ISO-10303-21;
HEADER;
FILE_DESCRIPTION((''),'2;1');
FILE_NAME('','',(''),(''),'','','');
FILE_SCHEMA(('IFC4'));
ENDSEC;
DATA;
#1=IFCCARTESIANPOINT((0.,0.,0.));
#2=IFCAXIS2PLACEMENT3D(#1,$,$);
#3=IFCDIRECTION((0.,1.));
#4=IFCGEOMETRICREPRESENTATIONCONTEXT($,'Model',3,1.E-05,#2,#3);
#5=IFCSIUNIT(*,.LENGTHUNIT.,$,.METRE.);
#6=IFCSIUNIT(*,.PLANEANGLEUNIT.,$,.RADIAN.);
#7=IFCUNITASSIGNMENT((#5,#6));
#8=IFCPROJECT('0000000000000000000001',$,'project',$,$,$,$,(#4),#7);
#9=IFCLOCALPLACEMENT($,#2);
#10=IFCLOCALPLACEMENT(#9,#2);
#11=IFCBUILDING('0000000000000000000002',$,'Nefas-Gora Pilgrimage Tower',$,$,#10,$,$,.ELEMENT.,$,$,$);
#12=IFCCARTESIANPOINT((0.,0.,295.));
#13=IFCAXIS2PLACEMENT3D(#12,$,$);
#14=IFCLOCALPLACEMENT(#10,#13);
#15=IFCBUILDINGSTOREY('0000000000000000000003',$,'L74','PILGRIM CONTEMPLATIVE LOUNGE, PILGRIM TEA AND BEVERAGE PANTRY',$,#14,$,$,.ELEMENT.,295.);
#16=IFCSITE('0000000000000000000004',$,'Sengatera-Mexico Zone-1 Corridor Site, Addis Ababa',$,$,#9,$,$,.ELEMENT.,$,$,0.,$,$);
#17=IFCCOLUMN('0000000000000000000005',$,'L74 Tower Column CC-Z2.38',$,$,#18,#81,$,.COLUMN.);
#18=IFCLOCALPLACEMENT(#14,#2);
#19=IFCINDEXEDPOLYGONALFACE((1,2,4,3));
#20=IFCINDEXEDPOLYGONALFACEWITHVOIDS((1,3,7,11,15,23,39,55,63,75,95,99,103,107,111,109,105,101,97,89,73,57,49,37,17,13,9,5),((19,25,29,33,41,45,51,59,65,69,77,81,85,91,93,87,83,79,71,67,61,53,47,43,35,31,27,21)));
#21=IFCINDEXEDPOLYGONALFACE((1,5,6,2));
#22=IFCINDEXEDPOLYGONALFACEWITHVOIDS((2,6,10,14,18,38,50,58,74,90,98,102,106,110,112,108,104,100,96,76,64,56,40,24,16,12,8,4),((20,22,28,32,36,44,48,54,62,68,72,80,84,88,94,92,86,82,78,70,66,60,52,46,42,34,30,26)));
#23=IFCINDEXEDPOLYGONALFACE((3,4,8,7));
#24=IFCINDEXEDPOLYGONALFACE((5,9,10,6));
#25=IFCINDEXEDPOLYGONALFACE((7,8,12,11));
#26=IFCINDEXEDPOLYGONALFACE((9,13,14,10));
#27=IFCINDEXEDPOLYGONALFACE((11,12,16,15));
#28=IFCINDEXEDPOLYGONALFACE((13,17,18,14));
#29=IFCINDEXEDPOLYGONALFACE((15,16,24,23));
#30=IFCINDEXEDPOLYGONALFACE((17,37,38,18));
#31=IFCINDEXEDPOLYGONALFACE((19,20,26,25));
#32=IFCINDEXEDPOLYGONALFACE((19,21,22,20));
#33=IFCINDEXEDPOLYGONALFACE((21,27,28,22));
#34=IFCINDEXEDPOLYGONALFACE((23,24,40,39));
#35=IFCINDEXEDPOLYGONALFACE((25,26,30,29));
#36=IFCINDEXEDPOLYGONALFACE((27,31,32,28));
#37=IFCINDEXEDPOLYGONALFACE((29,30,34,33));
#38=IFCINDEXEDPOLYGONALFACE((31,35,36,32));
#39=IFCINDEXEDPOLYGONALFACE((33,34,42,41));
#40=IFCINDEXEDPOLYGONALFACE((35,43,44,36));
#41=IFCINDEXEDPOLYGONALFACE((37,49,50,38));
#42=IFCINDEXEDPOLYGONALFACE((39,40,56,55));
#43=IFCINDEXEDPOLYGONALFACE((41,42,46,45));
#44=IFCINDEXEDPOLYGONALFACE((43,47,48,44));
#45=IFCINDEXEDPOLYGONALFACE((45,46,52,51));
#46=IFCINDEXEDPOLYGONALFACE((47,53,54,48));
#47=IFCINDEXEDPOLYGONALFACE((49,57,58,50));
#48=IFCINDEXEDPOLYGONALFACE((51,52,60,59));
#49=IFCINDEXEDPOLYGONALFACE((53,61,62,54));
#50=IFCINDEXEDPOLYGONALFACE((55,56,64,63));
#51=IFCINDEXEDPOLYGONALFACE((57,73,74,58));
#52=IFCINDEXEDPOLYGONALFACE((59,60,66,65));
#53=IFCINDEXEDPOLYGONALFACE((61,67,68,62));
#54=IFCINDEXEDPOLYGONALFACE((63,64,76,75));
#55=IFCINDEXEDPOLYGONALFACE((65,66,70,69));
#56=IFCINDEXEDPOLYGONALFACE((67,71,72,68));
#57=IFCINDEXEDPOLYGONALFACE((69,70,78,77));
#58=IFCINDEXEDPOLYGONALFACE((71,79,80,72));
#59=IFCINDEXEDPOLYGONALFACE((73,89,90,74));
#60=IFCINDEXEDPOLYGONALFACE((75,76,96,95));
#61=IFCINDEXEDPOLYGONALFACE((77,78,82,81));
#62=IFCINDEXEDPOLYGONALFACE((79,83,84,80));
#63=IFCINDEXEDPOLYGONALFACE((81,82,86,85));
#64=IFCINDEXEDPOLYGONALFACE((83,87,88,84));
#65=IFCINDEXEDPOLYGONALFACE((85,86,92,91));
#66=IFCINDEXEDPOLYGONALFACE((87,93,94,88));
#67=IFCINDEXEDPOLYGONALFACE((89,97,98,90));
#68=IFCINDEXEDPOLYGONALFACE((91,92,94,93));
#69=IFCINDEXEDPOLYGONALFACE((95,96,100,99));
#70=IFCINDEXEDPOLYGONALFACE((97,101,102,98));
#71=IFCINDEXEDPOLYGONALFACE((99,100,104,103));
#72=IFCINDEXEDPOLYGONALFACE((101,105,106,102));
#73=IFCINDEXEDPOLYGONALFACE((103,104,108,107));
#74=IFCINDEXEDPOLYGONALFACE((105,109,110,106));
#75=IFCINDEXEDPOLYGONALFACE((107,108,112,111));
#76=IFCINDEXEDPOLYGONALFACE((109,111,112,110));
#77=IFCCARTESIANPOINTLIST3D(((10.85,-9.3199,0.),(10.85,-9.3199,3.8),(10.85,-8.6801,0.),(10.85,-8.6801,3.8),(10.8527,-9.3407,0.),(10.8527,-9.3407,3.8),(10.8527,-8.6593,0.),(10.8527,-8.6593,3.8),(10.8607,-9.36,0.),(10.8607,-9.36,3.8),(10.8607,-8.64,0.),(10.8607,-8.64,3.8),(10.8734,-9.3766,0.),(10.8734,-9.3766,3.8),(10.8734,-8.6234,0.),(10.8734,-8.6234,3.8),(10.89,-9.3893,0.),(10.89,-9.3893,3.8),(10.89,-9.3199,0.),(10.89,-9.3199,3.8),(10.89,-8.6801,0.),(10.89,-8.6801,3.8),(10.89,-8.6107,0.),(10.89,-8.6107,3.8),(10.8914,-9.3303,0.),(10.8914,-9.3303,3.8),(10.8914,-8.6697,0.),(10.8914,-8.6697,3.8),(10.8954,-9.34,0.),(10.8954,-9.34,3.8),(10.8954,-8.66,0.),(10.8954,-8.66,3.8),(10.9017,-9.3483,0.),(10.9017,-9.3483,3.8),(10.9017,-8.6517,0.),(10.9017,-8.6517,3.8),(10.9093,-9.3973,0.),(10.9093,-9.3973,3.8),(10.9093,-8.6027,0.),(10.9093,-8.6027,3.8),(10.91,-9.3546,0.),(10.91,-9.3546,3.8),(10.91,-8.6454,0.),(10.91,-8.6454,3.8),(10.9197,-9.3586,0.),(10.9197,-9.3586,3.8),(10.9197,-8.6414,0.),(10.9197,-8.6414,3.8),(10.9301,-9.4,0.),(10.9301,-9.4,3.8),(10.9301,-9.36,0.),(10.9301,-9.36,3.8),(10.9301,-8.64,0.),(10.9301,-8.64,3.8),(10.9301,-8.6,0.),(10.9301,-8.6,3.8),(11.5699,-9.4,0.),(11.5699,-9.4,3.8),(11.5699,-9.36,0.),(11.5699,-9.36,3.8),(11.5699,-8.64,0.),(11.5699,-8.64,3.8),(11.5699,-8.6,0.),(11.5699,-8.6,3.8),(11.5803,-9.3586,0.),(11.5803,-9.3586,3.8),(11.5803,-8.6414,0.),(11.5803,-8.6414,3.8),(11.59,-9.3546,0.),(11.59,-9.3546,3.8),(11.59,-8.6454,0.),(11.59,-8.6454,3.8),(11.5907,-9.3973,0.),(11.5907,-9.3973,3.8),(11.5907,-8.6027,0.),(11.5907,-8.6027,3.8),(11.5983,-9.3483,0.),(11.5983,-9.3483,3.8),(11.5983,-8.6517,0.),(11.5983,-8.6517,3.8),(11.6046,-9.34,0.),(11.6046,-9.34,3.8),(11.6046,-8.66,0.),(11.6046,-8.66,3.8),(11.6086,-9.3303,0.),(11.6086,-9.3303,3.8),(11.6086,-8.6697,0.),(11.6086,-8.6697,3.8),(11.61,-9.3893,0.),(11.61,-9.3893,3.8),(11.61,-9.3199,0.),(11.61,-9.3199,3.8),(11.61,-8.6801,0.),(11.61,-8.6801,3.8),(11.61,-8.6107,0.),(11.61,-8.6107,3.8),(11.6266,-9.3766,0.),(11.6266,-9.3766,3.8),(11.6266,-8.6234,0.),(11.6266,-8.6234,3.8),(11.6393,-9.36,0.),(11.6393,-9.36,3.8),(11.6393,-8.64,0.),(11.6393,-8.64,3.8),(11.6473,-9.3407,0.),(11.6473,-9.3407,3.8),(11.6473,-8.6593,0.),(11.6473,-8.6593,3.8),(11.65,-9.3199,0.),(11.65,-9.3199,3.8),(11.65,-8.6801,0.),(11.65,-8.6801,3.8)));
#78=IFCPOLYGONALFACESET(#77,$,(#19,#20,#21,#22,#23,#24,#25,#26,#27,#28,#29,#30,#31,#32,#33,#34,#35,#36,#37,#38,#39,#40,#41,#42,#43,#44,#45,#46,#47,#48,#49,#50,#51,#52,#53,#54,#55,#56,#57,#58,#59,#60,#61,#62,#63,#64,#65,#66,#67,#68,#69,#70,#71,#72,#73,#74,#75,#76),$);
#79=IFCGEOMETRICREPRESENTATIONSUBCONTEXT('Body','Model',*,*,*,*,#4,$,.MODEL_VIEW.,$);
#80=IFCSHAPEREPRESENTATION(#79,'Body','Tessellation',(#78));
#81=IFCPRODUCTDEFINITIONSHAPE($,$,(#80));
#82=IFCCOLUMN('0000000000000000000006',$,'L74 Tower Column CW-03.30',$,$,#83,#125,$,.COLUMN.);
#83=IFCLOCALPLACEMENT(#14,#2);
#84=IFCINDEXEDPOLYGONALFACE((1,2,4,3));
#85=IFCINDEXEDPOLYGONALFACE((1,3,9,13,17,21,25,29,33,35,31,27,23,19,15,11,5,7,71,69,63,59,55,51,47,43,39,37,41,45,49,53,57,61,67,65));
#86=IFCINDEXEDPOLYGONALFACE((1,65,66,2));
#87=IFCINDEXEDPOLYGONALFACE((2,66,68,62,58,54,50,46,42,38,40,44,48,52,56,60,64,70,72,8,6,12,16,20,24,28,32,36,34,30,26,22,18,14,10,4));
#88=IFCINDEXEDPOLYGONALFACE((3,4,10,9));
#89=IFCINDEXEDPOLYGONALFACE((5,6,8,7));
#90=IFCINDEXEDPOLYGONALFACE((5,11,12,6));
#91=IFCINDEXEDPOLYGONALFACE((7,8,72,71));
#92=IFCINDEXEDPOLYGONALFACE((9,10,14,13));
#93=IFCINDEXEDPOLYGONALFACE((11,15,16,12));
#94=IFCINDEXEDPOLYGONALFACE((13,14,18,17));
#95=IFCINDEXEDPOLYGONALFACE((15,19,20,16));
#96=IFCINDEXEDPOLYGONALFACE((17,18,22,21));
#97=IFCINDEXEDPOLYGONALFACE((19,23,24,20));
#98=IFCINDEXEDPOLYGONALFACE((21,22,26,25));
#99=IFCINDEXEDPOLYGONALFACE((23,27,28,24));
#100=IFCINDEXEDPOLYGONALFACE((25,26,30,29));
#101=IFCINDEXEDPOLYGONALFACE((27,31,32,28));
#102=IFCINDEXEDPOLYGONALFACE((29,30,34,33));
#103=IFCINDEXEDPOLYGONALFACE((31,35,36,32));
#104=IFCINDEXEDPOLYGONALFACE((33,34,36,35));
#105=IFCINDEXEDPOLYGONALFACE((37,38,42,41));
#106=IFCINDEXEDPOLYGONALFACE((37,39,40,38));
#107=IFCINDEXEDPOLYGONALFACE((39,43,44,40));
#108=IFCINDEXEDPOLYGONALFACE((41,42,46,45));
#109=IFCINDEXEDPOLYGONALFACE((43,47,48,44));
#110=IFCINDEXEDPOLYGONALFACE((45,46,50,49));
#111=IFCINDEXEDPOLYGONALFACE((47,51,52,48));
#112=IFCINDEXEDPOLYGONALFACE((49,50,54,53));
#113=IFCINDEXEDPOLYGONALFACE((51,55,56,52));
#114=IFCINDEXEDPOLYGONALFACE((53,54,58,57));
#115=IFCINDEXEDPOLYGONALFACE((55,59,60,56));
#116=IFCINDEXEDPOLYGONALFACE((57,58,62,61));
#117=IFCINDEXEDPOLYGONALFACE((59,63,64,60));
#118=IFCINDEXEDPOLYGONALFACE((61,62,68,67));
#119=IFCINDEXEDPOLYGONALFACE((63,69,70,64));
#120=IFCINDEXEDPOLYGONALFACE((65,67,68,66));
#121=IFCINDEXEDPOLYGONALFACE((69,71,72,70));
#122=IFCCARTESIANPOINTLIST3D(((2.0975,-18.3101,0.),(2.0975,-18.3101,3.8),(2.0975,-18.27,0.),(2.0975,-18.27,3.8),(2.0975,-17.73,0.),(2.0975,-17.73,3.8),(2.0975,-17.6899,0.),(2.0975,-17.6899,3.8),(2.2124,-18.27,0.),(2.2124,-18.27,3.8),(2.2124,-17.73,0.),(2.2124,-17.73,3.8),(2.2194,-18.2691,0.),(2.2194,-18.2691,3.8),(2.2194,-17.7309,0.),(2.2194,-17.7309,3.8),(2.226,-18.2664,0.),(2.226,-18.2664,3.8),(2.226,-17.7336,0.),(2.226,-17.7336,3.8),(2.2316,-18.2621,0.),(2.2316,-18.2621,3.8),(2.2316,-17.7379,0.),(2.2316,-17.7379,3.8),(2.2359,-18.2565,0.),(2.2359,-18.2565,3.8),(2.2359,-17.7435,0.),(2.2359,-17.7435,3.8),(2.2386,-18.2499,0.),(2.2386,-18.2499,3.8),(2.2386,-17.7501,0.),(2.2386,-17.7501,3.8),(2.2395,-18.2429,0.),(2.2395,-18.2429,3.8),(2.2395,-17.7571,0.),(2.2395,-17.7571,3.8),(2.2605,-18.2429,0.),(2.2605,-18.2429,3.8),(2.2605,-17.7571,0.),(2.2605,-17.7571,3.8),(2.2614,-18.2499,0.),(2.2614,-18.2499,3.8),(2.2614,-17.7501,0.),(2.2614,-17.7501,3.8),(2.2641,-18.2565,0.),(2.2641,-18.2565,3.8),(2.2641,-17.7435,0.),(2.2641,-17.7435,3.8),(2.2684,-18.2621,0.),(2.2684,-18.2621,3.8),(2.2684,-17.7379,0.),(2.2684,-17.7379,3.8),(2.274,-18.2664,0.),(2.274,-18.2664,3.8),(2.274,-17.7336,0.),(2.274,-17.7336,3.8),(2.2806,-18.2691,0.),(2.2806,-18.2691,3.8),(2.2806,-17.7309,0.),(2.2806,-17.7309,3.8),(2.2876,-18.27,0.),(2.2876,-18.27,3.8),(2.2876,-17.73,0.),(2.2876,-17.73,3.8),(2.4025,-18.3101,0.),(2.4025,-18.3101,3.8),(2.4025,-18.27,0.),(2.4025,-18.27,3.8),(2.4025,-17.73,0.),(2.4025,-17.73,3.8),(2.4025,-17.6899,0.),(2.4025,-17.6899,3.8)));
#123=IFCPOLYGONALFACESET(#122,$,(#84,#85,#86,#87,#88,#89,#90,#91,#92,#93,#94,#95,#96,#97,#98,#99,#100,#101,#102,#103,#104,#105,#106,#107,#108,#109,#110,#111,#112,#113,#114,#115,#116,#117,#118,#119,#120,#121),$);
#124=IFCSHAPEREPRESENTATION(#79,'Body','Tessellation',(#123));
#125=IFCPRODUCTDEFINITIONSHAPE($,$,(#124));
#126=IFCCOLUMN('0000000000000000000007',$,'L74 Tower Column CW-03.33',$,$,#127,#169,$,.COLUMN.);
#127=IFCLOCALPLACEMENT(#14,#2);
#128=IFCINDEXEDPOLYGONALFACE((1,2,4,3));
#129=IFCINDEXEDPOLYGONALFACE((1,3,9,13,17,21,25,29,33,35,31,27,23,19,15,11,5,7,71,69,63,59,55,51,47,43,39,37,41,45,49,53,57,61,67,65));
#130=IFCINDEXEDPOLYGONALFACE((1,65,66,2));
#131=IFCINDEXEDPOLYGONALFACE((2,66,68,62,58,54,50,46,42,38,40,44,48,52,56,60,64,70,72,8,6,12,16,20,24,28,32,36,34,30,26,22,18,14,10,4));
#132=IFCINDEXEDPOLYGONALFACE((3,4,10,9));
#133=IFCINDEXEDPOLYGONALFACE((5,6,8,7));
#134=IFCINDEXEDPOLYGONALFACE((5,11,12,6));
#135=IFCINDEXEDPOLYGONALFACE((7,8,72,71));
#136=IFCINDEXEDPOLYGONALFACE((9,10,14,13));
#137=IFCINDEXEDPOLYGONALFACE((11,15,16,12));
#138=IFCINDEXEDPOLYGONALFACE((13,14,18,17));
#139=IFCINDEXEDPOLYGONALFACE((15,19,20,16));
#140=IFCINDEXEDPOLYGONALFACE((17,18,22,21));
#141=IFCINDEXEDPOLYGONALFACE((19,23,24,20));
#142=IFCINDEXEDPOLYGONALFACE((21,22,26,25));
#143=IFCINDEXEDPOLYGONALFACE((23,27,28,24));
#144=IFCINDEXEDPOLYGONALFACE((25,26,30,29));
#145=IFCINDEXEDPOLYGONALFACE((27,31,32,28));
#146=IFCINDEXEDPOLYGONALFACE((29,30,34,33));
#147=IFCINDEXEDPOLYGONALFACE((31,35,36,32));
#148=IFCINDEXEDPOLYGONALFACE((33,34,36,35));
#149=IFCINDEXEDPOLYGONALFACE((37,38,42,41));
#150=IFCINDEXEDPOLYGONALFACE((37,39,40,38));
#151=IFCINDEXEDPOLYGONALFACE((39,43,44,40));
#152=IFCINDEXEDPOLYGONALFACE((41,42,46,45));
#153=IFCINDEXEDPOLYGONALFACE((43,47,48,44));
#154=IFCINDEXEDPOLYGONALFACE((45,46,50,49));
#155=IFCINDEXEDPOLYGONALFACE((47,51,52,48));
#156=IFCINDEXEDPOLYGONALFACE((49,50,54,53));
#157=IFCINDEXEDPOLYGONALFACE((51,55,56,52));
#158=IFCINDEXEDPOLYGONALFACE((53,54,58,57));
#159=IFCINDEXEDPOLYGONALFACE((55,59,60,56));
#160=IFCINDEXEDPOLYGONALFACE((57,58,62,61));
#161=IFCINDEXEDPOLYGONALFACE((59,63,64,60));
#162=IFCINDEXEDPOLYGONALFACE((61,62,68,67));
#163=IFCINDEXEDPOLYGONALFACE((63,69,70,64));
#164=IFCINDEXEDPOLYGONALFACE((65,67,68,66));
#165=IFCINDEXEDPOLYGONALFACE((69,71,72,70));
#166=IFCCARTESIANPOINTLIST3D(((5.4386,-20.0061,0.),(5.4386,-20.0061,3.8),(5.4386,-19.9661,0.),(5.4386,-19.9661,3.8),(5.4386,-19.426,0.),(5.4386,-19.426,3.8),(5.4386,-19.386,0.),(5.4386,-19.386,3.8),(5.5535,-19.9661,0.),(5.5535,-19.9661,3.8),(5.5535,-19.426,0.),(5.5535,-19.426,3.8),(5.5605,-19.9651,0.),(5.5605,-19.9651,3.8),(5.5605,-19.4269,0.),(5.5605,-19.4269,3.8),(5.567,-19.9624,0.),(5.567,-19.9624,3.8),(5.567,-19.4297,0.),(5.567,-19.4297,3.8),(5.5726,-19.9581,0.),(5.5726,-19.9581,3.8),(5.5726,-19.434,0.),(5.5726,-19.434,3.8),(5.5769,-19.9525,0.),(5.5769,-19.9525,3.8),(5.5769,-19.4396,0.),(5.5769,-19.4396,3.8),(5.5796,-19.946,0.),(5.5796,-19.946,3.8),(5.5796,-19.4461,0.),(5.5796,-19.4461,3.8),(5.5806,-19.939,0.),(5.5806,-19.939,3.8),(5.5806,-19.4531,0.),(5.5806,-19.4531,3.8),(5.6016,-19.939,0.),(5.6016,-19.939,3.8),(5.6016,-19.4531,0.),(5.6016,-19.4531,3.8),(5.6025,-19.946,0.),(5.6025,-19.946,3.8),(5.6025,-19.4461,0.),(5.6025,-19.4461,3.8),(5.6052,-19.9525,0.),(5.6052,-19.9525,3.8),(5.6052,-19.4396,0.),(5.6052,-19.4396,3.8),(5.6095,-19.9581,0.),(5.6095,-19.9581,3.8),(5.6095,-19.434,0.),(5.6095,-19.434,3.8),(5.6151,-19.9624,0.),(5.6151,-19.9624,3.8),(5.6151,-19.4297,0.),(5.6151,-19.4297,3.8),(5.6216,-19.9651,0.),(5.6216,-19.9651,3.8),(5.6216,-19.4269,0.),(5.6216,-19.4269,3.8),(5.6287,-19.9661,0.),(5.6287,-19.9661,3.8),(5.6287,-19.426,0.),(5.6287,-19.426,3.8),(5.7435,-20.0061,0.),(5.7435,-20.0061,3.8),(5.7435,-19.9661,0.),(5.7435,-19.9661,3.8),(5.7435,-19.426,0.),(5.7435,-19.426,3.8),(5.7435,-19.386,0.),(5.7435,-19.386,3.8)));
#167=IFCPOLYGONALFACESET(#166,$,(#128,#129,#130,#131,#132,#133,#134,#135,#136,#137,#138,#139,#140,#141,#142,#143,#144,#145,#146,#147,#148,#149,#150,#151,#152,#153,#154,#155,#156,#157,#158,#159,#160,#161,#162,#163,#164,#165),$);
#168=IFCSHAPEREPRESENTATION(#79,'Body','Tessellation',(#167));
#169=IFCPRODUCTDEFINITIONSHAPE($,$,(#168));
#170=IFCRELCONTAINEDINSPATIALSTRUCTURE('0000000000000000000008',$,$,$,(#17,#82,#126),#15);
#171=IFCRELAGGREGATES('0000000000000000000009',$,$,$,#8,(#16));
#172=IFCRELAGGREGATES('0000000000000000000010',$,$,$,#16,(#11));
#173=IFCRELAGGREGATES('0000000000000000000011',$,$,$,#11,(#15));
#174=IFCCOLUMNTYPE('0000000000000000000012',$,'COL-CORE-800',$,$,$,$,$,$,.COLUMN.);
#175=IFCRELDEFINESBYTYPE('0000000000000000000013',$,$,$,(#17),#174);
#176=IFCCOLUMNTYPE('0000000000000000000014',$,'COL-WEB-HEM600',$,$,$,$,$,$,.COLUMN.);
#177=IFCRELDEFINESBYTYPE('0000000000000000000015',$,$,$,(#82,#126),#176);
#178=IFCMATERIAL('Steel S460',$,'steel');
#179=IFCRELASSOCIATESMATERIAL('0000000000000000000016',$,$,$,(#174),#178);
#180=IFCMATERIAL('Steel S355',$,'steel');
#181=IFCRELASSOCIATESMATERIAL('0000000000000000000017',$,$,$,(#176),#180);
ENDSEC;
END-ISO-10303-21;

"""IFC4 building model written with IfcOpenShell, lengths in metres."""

from ifc_helpers import new_model, si_unit, direction, frame, origin, origin_2d, place, context, subcontext, project, spatial, hollow_rectangle, i_section, extrude, source, transform, mapped, material, material_profile, profile_set, type_object, element, save


model = new_model("IFC4")

# Units and contexts
model_context = context("Model", 3, precision=1e-05, world=origin(), true_north=direction((0.0, 1.0)))
body_context = subcontext(model_context, "Body", "Model", "MODEL_VIEW")
ifc_project = project(units=[si_unit("LENGTHUNIT", "METRE"), si_unit("PLANEANGLEUNIT", "RADIAN")], contexts=[model_context])

# Site, building, storey
site_placement = place(None, origin())
site = spatial("IfcSite", under=ifc_project, at=site_placement, Name="Sengatera-Mexico Zone-1 Corridor Site, Addis Ababa", CompositionType="ELEMENT", RefElevation=0.0)
building_placement = place(site_placement, origin())
building = spatial("IfcBuilding", under=site, at=building_placement, Name="Nefas-Gora Pilgrimage Tower", CompositionType="ELEMENT")
storey_placement = place(building_placement, frame((0.0, 0.0, 295.0)))
storey = spatial("IfcBuildingStorey", under=building, at=storey_placement, Name="L74", Description="PILGRIM CONTEMPLATIVE LOUNGE, PILGRIM TEA AND BEVERAGE PANTRY", CompositionType="ELEMENT", Elevation=295.0)

# Columns
ifc_material_1 = material(Name="Steel S460", Category="steel")
ifc_material_profile_1 = material_profile(ifc_material_1, hollow_rectangle(XDim=0.8, YDim=0.8, WallThickness=0.04, InnerFilletRadius=0.04, OuterFilletRadius=0.0801, at=origin_2d()), Name="BOX 800x800x40")
ifc_profile_set_1 = profile_set([ifc_material_profile_1], Name="Steel S460")
column_type_1 = type_object("IfcColumnType", Name="COL-CORE-800", PredefinedType="COLUMN", material=ifc_profile_set_1)
shared_shape_1 = source(origin(), body_context, "Body", "SweptSolid", [
    extrude(hollow_rectangle(XDim=0.8, YDim=0.8, WallThickness=0.04, InnerFilletRadius=0.04, OuterFilletRadius=0.0801, at=origin_2d()), origin(), (0.0, 0.0, 1.0), 3.8),
])
column_1_placement = place(storey_placement, frame((11.25, -9.0, 0.0), z_axis=(0.0, 0.0, 1.0), x_axis=(1.0, 0.0, 0.0)))
element("IfcColumn", 1, at=column_1_placement, inside=storey, type_object=column_type_1, Name="L74 Tower Column CC-Z2.38", PredefinedType="COLUMN", context=body_context, shape_type="MappedRepresentation", body=[
    mapped(shared_shape_1, transform((0.0, 0.0, 0.0), x_axis=(1.0, 0.0, 0.0), y_axis=(0.0, 1.0, 0.0), z_axis=(0.0, 0.0, 1.0), scale=1.0)),
])
ifc_material_2 = material(Name="Steel S355", Category="steel")
ifc_material_profile_2 = material_profile(ifc_material_2, i_section(OverallWidth=0.3049, OverallDepth=0.6201, WebThickness=0.021, FlangeThickness=0.04, FilletRadius=0.0271, at=origin_2d()), Name="HEM 600")
ifc_profile_set_2 = profile_set([ifc_material_profile_2], Name="Steel S355")
column_type_2 = type_object("IfcColumnType", Name="COL-WEB-HEM600", PredefinedType="COLUMN", material=ifc_profile_set_2)
shared_shape_2 = source(origin(), body_context, "Body", "SweptSolid", [
    extrude(i_section(OverallWidth=0.3049, OverallDepth=0.6201, WebThickness=0.021, FlangeThickness=0.04, FilletRadius=0.0271, at=origin_2d()), origin(), (0.0, 0.0, 1.0), 3.8),
])
for number, where, z_axis, x_axis, name in (
    (2, (2.25, -18.0, 0.0), (0.0, 0.0, 1.0), (1.0, 0.0, 0.0), "L74 Tower Column CW-03.30"),
    (3, (5.5911, -19.696, 0.0), (0.0, 0.0, 1.0), (1.0, 0.0, 0.0), "L74 Tower Column CW-03.33"),
):
    element("IfcColumn", number, at=place(storey_placement, frame(where, z_axis=z_axis, x_axis=x_axis)), inside=storey, type_object=column_type_2, Name=name, PredefinedType="COLUMN", context=body_context, shape_type="MappedRepresentation", body=[
        mapped(shared_shape_2, transform((0.0, 0.0, 0.0), x_axis=(1.0, 0.0, 0.0), y_axis=(0.0, 1.0, 0.0), z_axis=(0.0, 0.0, 1.0), scale=1.0)),
    ])

save(model, "model.ifc")
